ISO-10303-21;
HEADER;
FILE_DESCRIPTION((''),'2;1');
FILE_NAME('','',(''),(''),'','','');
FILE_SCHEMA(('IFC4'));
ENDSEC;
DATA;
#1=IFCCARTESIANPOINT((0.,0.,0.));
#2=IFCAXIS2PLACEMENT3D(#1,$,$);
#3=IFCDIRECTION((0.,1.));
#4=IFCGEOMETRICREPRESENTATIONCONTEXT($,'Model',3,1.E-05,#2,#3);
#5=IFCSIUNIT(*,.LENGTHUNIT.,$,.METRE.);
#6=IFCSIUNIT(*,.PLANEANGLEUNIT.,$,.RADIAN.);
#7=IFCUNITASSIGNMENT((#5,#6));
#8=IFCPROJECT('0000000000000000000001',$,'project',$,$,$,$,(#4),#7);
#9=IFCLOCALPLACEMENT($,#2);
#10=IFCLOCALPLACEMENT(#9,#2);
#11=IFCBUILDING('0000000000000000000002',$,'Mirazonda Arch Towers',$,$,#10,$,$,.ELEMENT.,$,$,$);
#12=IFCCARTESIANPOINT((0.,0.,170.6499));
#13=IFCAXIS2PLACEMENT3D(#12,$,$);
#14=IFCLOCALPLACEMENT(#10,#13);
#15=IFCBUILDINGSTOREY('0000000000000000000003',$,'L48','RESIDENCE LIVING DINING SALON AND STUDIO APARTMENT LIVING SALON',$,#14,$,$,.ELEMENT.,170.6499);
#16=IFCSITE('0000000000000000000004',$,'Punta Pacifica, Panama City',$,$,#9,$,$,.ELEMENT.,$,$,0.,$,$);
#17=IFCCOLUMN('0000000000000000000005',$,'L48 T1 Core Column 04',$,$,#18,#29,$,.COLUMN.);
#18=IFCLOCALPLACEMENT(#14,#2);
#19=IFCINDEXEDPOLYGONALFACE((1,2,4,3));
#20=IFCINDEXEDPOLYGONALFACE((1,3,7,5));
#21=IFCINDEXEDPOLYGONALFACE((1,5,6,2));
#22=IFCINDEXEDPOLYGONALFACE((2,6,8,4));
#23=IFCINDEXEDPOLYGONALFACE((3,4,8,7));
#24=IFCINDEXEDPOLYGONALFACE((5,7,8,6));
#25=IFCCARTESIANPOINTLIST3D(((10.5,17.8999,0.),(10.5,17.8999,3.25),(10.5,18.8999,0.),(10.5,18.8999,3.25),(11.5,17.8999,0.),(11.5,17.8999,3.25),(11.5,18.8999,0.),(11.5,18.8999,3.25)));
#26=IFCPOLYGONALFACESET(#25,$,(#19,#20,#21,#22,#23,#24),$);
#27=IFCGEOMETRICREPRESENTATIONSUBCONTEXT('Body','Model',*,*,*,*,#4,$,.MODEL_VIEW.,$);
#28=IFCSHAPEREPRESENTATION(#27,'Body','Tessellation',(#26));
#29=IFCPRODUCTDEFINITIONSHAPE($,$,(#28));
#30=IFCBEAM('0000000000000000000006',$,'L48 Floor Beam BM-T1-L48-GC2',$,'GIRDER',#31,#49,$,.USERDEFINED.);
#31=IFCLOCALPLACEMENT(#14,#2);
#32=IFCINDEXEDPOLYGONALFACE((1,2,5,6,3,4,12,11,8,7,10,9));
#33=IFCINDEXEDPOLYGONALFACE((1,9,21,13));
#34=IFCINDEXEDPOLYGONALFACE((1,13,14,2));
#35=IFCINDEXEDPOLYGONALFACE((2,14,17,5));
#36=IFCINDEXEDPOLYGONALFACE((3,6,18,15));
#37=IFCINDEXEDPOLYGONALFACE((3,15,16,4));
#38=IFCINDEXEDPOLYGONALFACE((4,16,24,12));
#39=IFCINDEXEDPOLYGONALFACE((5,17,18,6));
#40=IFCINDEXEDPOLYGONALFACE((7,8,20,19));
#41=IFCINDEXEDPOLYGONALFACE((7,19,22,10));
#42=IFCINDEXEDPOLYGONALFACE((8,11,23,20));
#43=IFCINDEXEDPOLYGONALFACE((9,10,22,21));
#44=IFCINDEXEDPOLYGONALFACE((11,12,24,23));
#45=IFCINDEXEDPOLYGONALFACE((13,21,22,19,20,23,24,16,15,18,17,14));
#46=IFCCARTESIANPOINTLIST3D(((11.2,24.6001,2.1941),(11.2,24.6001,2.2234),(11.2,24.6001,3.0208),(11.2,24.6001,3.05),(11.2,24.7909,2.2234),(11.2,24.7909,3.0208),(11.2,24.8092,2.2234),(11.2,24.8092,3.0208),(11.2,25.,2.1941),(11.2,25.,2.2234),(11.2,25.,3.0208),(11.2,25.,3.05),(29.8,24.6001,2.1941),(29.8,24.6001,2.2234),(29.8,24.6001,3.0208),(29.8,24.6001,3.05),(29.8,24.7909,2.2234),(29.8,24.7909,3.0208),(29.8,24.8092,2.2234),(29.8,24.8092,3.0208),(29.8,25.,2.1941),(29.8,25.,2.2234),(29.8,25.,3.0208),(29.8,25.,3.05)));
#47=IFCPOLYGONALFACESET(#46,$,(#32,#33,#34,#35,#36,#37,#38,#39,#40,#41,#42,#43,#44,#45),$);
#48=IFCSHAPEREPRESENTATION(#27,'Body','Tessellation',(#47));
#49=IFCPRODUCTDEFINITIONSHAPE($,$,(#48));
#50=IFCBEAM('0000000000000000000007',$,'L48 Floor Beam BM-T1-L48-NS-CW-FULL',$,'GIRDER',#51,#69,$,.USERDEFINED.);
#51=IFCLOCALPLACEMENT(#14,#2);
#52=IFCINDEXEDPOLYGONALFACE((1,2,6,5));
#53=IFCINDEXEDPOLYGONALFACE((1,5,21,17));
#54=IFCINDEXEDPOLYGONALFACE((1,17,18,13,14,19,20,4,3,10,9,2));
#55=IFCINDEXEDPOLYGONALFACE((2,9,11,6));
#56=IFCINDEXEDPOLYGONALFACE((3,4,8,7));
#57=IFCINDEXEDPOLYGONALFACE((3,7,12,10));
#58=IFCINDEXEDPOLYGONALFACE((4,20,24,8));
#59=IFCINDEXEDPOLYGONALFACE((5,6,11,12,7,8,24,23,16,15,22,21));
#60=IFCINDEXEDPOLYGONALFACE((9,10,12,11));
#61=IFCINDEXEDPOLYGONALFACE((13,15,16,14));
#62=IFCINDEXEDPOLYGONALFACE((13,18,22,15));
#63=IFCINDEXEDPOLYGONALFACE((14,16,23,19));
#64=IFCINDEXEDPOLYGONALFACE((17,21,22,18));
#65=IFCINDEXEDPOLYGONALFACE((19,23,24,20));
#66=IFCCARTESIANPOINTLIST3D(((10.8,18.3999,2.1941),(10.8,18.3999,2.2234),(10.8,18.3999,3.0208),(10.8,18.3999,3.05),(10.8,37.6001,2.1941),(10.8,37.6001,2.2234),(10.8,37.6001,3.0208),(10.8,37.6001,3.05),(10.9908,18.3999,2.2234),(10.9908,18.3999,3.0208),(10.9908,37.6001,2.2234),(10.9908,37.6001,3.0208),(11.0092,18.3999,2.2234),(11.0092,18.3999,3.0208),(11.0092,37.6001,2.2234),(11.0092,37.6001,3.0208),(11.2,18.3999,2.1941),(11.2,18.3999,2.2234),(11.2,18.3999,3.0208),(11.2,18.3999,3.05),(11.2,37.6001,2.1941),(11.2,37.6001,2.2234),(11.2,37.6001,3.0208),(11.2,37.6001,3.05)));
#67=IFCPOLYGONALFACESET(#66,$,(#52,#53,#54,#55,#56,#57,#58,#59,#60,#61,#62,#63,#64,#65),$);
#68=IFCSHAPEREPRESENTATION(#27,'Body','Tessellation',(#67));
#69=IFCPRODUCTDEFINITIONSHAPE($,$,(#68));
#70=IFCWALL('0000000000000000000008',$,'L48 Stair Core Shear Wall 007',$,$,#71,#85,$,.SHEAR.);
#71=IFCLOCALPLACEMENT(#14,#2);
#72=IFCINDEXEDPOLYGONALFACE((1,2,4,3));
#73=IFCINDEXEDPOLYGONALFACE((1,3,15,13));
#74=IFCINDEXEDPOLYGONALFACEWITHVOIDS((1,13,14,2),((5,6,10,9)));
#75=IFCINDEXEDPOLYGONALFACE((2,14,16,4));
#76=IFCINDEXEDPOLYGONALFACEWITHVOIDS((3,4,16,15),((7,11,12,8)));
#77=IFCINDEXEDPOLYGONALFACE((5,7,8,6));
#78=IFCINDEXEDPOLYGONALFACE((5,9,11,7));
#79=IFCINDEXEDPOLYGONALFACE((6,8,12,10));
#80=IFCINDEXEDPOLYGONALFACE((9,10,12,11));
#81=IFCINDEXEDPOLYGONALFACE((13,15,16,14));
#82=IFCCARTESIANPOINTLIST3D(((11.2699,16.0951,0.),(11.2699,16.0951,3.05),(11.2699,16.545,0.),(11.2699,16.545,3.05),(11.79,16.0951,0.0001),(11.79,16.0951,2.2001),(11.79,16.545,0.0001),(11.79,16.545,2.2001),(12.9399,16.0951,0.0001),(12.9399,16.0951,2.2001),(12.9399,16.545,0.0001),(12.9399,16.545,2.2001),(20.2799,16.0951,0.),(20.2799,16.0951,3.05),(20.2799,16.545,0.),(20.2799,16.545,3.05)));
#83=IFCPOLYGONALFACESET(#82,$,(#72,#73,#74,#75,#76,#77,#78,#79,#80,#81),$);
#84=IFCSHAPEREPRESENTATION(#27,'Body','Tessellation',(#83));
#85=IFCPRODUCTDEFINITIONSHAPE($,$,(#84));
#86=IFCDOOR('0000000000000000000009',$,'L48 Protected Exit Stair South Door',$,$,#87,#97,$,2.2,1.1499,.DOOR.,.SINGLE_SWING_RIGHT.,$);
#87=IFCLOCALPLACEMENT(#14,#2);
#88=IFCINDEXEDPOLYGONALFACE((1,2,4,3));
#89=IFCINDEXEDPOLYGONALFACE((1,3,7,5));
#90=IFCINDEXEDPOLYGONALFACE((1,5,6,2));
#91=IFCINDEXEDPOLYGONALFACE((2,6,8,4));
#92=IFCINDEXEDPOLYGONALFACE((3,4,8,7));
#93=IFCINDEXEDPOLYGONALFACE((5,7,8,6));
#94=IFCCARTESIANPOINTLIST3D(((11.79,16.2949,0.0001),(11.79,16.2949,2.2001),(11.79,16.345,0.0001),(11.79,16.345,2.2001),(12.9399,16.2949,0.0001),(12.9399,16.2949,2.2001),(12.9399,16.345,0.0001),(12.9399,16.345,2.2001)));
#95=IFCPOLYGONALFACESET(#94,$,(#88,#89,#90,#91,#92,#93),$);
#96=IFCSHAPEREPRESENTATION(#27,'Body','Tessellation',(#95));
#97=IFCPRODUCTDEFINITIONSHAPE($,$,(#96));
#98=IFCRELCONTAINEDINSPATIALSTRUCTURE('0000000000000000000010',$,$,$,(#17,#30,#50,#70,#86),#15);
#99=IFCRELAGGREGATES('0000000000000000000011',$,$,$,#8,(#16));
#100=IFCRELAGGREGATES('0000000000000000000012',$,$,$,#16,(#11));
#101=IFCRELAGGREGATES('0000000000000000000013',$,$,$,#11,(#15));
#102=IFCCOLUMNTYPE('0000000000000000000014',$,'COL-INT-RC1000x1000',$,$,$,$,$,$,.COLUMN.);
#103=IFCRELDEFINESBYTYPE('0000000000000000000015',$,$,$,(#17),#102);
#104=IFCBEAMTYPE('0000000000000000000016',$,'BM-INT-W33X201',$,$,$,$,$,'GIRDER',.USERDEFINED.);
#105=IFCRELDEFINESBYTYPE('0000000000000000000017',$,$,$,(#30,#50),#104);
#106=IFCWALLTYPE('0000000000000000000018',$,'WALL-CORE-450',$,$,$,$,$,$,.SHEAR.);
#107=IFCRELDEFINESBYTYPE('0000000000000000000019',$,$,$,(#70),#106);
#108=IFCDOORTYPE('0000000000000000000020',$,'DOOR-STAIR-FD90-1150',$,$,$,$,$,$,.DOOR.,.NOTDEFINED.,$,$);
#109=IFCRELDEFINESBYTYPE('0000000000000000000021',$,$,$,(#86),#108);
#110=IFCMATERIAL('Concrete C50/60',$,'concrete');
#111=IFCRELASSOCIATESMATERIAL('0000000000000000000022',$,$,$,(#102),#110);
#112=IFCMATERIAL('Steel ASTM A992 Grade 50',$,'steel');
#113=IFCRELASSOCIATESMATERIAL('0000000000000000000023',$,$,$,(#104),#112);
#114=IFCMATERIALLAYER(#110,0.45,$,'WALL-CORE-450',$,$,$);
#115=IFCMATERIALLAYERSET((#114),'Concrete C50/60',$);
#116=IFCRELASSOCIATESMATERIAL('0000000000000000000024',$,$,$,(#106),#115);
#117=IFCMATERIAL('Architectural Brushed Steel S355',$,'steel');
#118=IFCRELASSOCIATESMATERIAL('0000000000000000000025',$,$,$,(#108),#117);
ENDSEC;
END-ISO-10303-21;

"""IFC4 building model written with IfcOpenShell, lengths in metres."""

from ifc_helpers import new_model, si_unit, direction, frame, frame_2d, origin, origin_2d, place, context, subcontext, project, spatial, rectangle, i_section, extrude, material, layer, layer_set, material_profile, profile_set, type_object, element, fill, save


model = new_model("IFC4")

# Units and contexts
model_context = context("Model", 3, precision=1e-05, world=origin(), true_north=direction((0.0, 1.0)))
body_context = subcontext(model_context, "Body", "Model", "MODEL_VIEW")
ifc_project = project(units=[si_unit("LENGTHUNIT", "METRE"), si_unit("PLANEANGLEUNIT", "RADIAN")], contexts=[model_context])

# Site, building, storey
site_placement = place(None, origin())
site = spatial("IfcSite", under=ifc_project, at=site_placement, Name="Punta Pacifica, Panama City", CompositionType="ELEMENT", RefElevation=0.0)
building_placement = place(site_placement, origin())
building = spatial("IfcBuilding", under=site, at=building_placement, Name="Mirazonda Arch Towers", CompositionType="ELEMENT")
storey_placement = place(building_placement, frame((0.0, 0.0, 170.6499)))
storey = spatial("IfcBuildingStorey", under=building, at=storey_placement, Name="L48", Description="RESIDENCE LIVING DINING SALON AND STUDIO APARTMENT LIVING SALON", CompositionType="ELEMENT", Elevation=170.6499)

# Column
ifc_material_1 = material(Name="Concrete C50/60", Category="concrete")
ifc_material_profile_1 = material_profile(ifc_material_1, rectangle(XDim=1.0, YDim=1.0, at=origin_2d()), Name="RC1000x1000")
ifc_profile_set_1 = profile_set([ifc_material_profile_1], Name="Concrete C50/60")
column_type = type_object("IfcColumnType", Name="COL-INT-RC1000x1000", PredefinedType="COLUMN", material=ifc_profile_set_1)
column_placement = place(storey_placement, frame((11.0, 18.3999, 0.0), z_axis=(0.0, 0.0, 1.0), x_axis=(1.0, 0.0, 0.0)))
element("IfcColumn", 1, at=column_placement, inside=storey, type_object=column_type, Name="L48 T1 Core Column 04", PredefinedType="COLUMN", context=body_context, shape_type="SweptSolid", body=[
    extrude(rectangle(XDim=1.0, YDim=1.0, at=origin_2d()), origin(), (0.0, 0.0, 1.0), 3.25),
])

# Beams
ifc_material_2 = material(Name="Steel ASTM A992 Grade 50", Category="steel")
ifc_material_profile_2 = material_profile(ifc_material_2, i_section(OverallWidth=0.3999, OverallDepth=0.856, WebThickness=0.0183, FlangeThickness=0.0293, at=origin_2d()), Name="W33X201")
ifc_profile_set_2 = profile_set([ifc_material_profile_2], Name="Steel ASTM A992 Grade 50")
beam_type = type_object("IfcBeamType", Name="BM-INT-W33X201", ElementType="GIRDER", PredefinedType="USERDEFINED", material=ifc_profile_set_2)
beam_1_placement = place(storey_placement, frame((11.2, 24.8, 2.6221), z_axis=(1.0, 0.0, 0.0), x_axis=(0.0, 1.0, 0.0)))
element("IfcBeam", 2, at=beam_1_placement, inside=storey, type_object=beam_type, Name="L48 Floor Beam BM-T1-L48-GC2", ObjectType="GIRDER", PredefinedType="USERDEFINED", context=body_context, shape_type="SweptSolid", body=[
    extrude(i_section(OverallWidth=0.3999, OverallDepth=0.856, WebThickness=0.0183, FlangeThickness=0.0293, at=origin_2d()), origin(), (0.0, 0.0, 1.0), 18.6001),
])
beam_2_placement = place(storey_placement, frame((11.0, 18.3999, 2.6221), z_axis=(0.0, 1.0, 0.0), x_axis=(-1.0, 0.0, 0.0)))
element("IfcBeam", 3, at=beam_2_placement, inside=storey, type_object=beam_type, Name="L48 Floor Beam BM-T1-L48-NS-CW-FULL", ObjectType="GIRDER", PredefinedType="USERDEFINED", context=body_context, shape_type="SweptSolid", body=[
    extrude(i_section(OverallWidth=0.3999, OverallDepth=0.856, WebThickness=0.0183, FlangeThickness=0.0293, at=origin_2d()), origin(), (0.0, 0.0, 1.0), 19.2002),
])

# Wall, opening, door
ifc_layer_1 = layer(ifc_material_1, 0.45, Name="WALL-CORE-450")
ifc_layer_set_1 = layer_set([ifc_layer_1], Name="Concrete C50/60")
wall_type_1 = type_object("IfcWallType", Name="WALL-CORE-450", PredefinedType="SHEAR", material=ifc_layer_set_1)
wall_1_placement = place(storey_placement, frame((11.27, 16.3201, 0.0), z_axis=(0.0, 0.0, 1.0), x_axis=(1.0, 0.0, 0.0)))
wall_1 = element("IfcWall", 4, at=wall_1_placement, inside=storey, type_object=wall_type_1, Name="L48 Stair Core Shear Wall 007", PredefinedType="SHEAR", context=body_context, shape_type="SweptSolid", body=[
    extrude(rectangle(XDim=9.01, YDim=0.45, at=frame_2d((4.5049, 0.0))), origin(), (0.0, 0.0, 1.0), 3.05),
])
opening_1_placement = place(wall_1_placement, frame((0.52, 0.0, 0.0)))
opening_1 = element("IfcOpeningElement", 5, at=opening_1_placement, cuts=wall_1, PredefinedType="OPENING", context=body_context, shape_type="SweptSolid", body=[
    extrude(rectangle(XDim=1.1499, YDim=2.2, at=frame_2d((0.575, 1.1001))), frame((0.0, 0.2349, 0.0), z_axis=(0.0, -1.0, 0.0), x_axis=(1.0, 0.0, 0.0)), (0.0, 0.0, 1.0), 0.47),
])
ifc_material_3 = material(Name="Architectural Brushed Steel S355", Category="steel")
door_type_1 = type_object("IfcDoorType", Name="DOOR-STAIR-FD90-1150", OperationType="NOTDEFINED", PredefinedType="DOOR", material=ifc_material_3)
door_1_placement = place(opening_1_placement, origin())
door_1 = element("IfcDoor", 6, at=door_1_placement, inside=storey, type_object=door_type_1, Name="L48 Protected Exit Stair South Door", OperationType="SINGLE_SWING_RIGHT", OverallHeight=2.2, OverallWidth=1.1499, PredefinedType="DOOR", context=body_context, shape_type="SweptSolid", body=[
    extrude(rectangle(XDim=1.1499, YDim=2.2, at=frame_2d((0.575, 1.1001))), frame((0.0, 0.0249, 0.0), z_axis=(0.0, -1.0, 0.0), x_axis=(1.0, 0.0, 0.0)), (0.0, 0.0, 1.0), 0.05),
])
fill(opening_1, door_1)

save(model, "model.ifc")
